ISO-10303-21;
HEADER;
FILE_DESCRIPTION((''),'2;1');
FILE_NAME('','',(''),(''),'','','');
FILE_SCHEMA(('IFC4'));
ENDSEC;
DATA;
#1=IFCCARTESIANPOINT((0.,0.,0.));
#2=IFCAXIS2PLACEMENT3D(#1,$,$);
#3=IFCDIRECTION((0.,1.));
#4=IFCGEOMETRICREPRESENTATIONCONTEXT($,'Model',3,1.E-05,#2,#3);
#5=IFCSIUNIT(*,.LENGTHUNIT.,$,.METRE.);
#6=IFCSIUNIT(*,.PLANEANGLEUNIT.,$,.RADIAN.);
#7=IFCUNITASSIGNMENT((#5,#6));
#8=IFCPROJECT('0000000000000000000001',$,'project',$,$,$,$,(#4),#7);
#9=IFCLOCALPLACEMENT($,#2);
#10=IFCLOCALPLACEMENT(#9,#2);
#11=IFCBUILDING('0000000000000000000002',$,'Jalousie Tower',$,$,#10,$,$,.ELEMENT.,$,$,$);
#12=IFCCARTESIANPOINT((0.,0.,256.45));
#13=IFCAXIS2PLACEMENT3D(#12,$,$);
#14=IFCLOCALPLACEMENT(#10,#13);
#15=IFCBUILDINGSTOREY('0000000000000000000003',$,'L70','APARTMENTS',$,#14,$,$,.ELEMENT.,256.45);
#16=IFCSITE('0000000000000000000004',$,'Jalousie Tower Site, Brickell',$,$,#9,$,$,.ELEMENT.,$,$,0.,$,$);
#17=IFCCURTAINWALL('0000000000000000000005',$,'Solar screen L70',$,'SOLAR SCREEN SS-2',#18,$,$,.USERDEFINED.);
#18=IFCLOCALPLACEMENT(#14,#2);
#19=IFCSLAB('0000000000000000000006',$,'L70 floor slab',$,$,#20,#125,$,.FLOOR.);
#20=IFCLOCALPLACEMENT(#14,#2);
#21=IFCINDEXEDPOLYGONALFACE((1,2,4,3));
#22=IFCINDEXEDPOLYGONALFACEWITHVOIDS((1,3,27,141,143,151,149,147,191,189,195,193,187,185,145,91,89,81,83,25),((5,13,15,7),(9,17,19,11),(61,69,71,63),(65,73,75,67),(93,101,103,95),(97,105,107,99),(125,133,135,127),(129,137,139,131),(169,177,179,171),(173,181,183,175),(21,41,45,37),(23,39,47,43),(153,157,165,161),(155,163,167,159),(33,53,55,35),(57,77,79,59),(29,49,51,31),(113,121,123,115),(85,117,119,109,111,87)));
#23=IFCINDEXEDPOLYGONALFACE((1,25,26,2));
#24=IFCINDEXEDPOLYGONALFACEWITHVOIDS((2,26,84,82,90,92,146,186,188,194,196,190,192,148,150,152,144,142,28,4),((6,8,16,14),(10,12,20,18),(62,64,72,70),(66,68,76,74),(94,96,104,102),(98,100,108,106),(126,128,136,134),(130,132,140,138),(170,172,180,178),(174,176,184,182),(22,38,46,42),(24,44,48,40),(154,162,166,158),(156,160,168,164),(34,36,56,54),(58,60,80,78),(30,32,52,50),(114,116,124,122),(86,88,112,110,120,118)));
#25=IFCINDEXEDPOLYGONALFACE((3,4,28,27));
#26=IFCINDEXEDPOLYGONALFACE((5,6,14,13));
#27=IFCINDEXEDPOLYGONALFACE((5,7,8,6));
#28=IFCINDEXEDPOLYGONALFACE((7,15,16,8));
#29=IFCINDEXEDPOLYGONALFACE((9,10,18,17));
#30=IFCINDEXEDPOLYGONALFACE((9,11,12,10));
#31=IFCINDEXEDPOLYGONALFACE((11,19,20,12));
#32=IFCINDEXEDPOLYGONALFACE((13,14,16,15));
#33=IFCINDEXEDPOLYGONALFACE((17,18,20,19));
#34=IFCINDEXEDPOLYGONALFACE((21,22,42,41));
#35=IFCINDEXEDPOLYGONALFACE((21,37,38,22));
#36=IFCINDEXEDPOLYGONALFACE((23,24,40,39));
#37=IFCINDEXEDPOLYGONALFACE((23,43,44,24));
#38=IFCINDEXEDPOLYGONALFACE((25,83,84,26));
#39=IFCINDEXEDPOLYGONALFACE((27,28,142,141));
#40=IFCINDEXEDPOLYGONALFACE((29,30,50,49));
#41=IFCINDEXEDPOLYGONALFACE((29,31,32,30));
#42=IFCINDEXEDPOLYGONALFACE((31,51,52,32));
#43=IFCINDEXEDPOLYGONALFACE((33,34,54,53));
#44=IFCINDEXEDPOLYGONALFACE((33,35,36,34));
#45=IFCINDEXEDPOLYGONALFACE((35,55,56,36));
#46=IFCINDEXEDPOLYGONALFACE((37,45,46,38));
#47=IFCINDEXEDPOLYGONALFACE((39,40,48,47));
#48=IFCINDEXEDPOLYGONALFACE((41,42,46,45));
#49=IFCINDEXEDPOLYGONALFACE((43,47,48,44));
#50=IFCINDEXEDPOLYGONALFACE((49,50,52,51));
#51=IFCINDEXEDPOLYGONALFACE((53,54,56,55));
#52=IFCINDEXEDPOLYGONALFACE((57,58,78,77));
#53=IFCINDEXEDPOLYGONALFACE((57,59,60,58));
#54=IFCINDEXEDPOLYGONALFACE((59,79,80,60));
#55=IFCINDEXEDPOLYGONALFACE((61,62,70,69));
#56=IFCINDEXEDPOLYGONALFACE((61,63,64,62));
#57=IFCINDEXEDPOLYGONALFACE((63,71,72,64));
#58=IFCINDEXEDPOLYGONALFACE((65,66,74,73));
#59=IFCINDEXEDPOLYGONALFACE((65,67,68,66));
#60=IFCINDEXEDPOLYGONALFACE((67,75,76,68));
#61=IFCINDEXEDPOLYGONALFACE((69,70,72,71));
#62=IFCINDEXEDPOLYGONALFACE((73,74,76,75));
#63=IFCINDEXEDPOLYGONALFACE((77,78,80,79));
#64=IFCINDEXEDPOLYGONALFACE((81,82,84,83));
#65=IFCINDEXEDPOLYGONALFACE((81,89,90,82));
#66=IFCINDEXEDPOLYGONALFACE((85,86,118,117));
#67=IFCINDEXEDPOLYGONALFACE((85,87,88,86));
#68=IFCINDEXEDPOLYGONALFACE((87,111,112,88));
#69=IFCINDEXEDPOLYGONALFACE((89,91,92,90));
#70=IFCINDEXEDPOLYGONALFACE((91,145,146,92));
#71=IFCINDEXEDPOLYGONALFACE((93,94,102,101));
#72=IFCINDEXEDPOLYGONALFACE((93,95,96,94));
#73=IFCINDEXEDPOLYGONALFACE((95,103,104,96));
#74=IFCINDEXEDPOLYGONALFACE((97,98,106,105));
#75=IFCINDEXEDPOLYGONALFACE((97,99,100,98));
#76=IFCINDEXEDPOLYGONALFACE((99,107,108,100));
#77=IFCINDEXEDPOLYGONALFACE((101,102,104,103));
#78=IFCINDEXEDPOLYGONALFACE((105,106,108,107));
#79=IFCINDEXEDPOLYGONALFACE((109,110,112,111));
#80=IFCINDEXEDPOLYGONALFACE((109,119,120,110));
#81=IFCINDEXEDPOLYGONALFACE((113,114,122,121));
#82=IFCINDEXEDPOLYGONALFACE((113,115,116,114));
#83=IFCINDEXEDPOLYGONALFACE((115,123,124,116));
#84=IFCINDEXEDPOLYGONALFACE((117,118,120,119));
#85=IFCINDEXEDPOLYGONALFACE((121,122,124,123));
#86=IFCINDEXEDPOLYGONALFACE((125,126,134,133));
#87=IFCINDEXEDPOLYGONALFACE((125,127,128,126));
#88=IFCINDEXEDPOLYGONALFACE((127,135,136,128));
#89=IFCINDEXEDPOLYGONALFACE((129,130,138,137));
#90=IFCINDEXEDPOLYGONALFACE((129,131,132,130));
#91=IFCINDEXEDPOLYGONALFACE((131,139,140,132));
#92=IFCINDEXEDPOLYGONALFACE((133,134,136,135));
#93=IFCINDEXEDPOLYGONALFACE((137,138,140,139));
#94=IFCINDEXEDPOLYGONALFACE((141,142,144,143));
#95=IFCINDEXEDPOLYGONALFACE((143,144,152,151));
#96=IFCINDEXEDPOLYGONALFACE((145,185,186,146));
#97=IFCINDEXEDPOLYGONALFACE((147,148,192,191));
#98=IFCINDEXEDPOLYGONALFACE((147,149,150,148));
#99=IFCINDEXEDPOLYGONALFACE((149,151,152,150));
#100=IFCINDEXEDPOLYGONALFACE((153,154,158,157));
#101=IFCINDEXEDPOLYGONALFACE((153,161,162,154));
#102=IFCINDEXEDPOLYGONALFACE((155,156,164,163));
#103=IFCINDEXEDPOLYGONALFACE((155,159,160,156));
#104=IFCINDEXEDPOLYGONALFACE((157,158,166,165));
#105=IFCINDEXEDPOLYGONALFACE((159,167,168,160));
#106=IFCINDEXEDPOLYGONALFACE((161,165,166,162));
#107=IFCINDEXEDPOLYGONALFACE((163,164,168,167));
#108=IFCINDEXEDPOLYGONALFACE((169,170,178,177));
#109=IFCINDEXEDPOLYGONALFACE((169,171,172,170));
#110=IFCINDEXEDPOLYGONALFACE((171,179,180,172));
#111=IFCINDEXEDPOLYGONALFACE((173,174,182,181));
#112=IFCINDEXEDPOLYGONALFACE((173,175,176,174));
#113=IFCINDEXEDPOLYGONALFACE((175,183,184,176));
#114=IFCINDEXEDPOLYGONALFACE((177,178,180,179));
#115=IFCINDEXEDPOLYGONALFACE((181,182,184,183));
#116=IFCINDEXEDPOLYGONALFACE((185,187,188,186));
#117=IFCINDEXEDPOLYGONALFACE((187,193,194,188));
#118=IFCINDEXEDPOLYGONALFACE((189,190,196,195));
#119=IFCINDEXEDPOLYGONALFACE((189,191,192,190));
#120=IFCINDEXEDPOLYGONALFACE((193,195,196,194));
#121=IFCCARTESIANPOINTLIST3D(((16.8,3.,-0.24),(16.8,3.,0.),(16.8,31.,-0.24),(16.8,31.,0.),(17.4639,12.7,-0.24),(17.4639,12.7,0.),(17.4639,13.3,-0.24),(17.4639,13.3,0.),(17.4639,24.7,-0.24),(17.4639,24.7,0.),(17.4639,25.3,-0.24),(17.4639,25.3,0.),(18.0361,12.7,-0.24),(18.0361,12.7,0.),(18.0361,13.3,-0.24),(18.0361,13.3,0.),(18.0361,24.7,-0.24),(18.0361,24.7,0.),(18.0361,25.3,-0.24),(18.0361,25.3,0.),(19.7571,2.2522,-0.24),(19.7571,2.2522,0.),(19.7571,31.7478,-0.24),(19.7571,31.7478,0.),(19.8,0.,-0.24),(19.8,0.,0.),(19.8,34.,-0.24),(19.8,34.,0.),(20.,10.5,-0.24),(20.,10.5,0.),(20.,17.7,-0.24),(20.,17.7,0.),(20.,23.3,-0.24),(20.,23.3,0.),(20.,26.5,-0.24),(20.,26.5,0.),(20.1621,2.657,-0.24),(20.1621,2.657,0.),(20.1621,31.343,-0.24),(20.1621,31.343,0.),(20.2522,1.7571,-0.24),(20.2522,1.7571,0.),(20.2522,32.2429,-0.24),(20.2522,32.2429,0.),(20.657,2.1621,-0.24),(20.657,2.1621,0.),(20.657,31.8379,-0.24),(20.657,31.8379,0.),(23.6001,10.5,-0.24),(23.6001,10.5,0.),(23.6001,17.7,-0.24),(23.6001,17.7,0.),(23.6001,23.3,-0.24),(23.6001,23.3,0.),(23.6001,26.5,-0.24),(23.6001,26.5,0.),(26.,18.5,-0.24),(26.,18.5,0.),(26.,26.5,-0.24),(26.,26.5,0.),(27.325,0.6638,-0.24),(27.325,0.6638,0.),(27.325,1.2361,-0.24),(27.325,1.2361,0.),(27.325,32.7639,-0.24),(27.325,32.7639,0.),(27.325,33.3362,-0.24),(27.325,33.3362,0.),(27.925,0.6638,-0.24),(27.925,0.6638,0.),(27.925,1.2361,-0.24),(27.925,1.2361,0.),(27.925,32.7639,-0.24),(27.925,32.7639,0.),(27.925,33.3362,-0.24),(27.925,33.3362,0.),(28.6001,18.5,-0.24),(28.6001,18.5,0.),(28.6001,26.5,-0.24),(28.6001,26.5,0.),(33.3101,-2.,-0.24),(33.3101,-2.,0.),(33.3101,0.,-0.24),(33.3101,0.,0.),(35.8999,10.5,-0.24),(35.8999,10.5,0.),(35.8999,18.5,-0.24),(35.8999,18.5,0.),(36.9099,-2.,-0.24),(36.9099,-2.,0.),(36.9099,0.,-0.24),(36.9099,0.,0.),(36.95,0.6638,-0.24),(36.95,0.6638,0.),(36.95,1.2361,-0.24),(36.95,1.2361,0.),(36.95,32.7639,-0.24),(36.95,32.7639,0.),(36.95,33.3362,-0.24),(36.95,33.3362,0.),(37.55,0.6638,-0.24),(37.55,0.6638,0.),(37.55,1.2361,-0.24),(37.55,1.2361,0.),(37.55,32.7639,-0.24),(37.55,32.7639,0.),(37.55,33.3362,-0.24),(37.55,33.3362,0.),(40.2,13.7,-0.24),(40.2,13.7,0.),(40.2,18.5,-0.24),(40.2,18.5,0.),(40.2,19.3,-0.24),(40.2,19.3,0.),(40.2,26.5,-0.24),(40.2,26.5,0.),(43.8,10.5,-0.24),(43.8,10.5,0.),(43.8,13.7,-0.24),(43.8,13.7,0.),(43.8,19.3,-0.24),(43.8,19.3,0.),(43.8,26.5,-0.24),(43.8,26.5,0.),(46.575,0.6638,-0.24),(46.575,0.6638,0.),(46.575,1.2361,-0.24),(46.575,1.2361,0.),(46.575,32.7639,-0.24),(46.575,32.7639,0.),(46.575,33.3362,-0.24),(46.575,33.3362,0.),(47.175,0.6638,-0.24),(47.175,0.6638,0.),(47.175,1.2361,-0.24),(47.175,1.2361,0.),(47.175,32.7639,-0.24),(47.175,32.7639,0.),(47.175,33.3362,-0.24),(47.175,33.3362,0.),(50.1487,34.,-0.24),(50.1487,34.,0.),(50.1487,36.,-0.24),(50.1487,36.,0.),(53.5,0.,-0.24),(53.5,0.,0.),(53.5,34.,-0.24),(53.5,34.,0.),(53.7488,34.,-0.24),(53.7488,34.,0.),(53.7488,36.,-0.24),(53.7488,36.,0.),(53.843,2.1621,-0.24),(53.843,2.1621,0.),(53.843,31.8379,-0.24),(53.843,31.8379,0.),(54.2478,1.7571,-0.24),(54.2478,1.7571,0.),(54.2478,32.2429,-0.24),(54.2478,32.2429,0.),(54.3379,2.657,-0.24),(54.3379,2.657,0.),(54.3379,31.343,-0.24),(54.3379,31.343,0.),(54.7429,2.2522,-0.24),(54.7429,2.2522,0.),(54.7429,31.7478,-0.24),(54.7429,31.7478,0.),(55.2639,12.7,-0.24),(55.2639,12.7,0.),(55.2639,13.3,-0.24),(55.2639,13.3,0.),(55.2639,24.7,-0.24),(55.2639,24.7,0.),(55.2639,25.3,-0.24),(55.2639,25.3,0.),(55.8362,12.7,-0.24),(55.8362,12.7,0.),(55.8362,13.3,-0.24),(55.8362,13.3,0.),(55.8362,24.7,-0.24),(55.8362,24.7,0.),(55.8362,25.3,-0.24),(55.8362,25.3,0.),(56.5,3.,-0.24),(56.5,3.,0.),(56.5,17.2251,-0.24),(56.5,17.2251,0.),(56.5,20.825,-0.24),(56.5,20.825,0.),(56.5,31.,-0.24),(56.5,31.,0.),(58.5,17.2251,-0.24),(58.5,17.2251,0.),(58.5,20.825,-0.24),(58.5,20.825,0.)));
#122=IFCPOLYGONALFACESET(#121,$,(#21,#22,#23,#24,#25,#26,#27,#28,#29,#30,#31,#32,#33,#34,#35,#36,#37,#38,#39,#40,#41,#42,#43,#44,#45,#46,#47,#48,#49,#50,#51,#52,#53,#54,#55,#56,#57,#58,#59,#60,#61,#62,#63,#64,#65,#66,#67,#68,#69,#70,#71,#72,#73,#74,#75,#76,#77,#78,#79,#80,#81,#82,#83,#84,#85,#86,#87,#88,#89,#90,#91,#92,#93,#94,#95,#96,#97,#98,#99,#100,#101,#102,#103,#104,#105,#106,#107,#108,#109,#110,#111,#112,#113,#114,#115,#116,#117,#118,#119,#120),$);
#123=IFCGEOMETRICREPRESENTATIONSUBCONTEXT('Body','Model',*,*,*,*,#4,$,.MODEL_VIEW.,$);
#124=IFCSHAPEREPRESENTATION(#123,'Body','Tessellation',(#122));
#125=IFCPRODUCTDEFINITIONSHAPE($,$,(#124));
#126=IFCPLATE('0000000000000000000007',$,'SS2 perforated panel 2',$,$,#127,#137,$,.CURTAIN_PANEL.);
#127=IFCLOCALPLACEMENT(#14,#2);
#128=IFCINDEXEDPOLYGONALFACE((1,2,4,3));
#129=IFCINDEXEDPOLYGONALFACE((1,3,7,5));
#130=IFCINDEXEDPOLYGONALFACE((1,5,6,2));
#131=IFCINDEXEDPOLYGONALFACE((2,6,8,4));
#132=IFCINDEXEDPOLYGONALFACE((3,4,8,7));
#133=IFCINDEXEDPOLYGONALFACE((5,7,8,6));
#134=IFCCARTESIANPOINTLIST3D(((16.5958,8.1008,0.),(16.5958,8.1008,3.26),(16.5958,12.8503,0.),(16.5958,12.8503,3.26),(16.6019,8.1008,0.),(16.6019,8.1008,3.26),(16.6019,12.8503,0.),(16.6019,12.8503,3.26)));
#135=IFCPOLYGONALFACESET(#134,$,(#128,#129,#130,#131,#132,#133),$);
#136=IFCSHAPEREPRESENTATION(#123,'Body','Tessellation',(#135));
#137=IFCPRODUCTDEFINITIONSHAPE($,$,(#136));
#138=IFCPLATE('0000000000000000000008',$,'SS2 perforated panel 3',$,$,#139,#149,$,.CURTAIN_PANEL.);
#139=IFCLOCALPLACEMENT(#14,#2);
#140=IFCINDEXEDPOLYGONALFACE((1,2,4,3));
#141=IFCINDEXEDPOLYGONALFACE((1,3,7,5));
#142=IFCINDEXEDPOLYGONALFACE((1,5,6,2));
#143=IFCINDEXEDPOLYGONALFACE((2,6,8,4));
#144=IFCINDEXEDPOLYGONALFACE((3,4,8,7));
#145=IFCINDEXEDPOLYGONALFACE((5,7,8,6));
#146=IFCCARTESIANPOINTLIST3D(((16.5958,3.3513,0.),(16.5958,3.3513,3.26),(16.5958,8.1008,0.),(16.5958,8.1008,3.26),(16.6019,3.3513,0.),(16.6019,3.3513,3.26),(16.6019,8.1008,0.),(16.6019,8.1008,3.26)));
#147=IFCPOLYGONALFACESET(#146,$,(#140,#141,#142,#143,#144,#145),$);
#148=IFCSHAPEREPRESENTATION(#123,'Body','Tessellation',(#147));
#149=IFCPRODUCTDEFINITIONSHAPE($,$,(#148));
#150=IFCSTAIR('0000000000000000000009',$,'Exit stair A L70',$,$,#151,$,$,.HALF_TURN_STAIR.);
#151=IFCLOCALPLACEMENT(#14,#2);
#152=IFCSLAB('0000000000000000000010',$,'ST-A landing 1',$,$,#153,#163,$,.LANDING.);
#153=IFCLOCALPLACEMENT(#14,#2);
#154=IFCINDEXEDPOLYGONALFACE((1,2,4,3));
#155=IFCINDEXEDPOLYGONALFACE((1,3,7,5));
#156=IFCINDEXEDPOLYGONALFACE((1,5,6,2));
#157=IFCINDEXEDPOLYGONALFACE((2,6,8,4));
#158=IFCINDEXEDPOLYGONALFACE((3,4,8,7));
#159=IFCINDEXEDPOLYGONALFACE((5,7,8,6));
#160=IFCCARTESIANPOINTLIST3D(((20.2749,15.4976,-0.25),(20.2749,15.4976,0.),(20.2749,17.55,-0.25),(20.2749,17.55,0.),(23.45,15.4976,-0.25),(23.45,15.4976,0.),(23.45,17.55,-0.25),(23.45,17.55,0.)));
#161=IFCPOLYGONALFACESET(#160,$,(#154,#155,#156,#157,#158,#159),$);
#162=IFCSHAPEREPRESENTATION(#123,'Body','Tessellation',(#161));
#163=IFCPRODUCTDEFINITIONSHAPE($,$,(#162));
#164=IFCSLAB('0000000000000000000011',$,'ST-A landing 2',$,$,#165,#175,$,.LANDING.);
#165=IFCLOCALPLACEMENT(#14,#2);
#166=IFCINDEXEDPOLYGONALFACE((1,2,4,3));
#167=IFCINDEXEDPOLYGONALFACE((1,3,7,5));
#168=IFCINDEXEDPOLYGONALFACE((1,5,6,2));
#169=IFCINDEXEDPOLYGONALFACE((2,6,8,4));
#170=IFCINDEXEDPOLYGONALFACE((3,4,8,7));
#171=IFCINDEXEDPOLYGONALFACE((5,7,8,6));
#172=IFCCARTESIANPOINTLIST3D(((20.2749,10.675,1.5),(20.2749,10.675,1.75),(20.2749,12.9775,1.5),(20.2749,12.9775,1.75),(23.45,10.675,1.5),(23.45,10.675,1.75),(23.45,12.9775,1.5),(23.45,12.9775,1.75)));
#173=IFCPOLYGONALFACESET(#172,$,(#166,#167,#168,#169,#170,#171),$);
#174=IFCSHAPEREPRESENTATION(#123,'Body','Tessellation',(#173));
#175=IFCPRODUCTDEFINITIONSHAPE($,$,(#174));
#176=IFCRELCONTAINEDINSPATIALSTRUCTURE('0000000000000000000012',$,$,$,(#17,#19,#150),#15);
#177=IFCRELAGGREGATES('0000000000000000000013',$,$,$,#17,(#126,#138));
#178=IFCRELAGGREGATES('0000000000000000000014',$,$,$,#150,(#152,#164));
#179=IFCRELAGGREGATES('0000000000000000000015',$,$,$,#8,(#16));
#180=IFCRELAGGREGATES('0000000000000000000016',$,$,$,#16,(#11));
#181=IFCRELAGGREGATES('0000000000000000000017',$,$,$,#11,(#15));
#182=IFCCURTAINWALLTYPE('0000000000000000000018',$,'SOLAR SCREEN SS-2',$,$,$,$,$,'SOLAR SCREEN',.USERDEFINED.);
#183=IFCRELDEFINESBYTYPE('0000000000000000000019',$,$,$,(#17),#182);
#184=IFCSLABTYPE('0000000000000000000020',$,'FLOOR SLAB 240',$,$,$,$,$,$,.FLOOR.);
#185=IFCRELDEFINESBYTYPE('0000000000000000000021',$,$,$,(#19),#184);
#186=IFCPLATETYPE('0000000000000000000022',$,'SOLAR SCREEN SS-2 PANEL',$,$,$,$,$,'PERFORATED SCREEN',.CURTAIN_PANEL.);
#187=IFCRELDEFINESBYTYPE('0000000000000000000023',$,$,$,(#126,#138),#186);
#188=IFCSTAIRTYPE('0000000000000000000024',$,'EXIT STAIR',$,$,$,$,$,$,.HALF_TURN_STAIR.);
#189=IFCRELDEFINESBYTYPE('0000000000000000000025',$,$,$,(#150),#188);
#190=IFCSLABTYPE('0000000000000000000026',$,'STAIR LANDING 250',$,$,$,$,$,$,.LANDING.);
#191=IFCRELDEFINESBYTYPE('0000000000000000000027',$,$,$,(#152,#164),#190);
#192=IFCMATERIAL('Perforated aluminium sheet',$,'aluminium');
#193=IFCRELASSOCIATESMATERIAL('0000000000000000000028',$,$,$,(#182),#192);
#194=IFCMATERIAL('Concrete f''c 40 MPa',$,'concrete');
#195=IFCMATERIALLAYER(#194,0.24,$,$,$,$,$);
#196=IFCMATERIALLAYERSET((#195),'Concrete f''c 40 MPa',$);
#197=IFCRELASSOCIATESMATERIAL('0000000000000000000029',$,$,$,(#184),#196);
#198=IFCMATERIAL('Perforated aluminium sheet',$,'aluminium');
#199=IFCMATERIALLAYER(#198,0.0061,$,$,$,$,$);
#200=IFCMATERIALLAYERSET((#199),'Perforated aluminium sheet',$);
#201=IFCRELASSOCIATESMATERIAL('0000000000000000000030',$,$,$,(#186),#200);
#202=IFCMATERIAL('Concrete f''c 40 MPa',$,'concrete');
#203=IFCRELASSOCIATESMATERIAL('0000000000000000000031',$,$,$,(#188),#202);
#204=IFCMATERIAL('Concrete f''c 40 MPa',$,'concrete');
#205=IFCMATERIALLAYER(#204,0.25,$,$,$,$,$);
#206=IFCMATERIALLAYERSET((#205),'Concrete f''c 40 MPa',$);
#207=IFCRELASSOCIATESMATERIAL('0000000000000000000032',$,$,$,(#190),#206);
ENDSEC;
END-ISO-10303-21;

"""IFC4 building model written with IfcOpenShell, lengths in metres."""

from ifc_helpers import new_model, si_unit, direction, frame, origin, origin_2d, place, context, subcontext, project, spatial, polyline, rectangle, outline, extrude, material, layer, layer_set, type_object, element, aggregate, save


model = new_model("IFC4")

# Units and contexts
model_context = context("Model", 3, precision=1e-05, world=origin(), true_north=direction((0.0, 1.0)))
body_context = subcontext(model_context, "Body", "Model", "MODEL_VIEW")
ifc_project = project(units=[si_unit("LENGTHUNIT", "METRE"), si_unit("PLANEANGLEUNIT", "RADIAN")], contexts=[model_context])

# Site, building, storey
site_placement = place(None, origin())
site = spatial("IfcSite", under=ifc_project, at=site_placement, Name="Jalousie Tower Site, Brickell", CompositionType="ELEMENT", RefElevation=0.0)
building_placement = place(site_placement, origin())
building = spatial("IfcBuilding", under=site, at=building_placement, Name="Jalousie Tower", CompositionType="ELEMENT")
storey_placement = place(building_placement, frame((0.0, 0.0, 256.45)))
storey = spatial("IfcBuildingStorey", under=building, at=storey_placement, Name="L70", Description="APARTMENTS", CompositionType="ELEMENT", Elevation=256.45)

# Curtain wall
ifc_material_1 = material(Name="Perforated aluminium sheet", Category="aluminium")
curtain_wall_type_1 = type_object("IfcCurtainWallType", Name="SOLAR SCREEN SS-2", ElementType="SOLAR SCREEN", PredefinedType="USERDEFINED", material=ifc_material_1)
curtain_wall_1_placement = place(storey_placement, origin())
curtain_wall_1 = element("IfcCurtainWall", 1, at=curtain_wall_1_placement, inside=storey, type_object=curtain_wall_type_1, Name="Solar screen L70", ObjectType="SOLAR SCREEN SS-2", PredefinedType="USERDEFINED")

# Slab
ifc_material_2 = material(Name="Concrete f'c 40 MPa", Category="concrete")
ifc_layer_1 = layer(ifc_material_2, 0.24)
ifc_layer_set_1 = layer_set([ifc_layer_1], Name="Concrete f'c 40 MPa")
slab_type_1 = type_object("IfcSlabType", Name="FLOOR SLAB 240", PredefinedType="FLOOR", material=ifc_layer_set_1)
slab_1_placement = place(storey_placement, frame((0.0, 0.0, -0.24)))
element("IfcSlab", 2, at=slab_1_placement, inside=storey, type_object=slab_type_1, Name="L70 floor slab", PredefinedType="FLOOR", context=body_context, shape_type="SweptSolid", body=[
    extrude(outline(polyline([(19.8, 34.0), (50.1487, 34.0), (50.1487, 36.0), (53.7488, 36.0), (53.7488, 34.0), (53.5, 34.0), (56.5, 31.0), (56.5, 20.825), (58.5, 20.825), (58.5, 17.2251), (56.5, 17.2251), (56.5, 3.0), (53.5, 0.0), (36.9099, 0.0), (36.9099, -2.0), (33.3101, -2.0), (33.3101, 0.0), (19.8, 0.0), (16.8, 3.0), (16.8, 31.0), (19.8, 34.0)]), holes=[polyline([(55.2639, 25.3), (55.2639, 24.7), (55.8362, 24.7), (55.8362, 25.3), (55.2639, 25.3)]), polyline([(55.8362, 12.7), (55.8362, 13.3), (55.2639, 13.3), (55.2639, 12.7), (55.8362, 12.7)]), polyline([(54.3379, 2.657), (53.843, 2.1621), (54.2478, 1.7571), (54.7429, 2.2522), (54.3379, 2.657)]), polyline([(54.7429, 31.7478), (54.2478, 32.2429), (53.843, 31.8379), (54.3379, 31.343), (54.7429, 31.7478)]), polyline([(47.175, 33.3362), (46.575, 33.3362), (46.575, 32.7639), (47.175, 32.7639), (47.175, 33.3362)]), polyline([(47.175, 1.2361), (46.575, 1.2361), (46.575, 0.6638), (47.175, 0.6638), (47.175, 1.2361)]), polyline([(40.2, 26.5), (40.2, 19.3), (43.8, 19.3), (43.8, 26.5), (40.2, 26.5)]), polyline([(40.2, 13.7), (40.2, 18.5), (35.8999, 18.5), (35.8999, 10.5), (43.8, 10.5), (43.8, 13.7), (40.2, 13.7)]), polyline([(36.95, 0.6638), (37.55, 0.6638), (37.55, 1.2361), (36.95, 1.2361), (36.95, 0.6638)]), polyline([(37.55, 33.3362), (36.95, 33.3362), (36.95, 32.7639), (37.55, 32.7639), (37.55, 33.3362)]), polyline([(26.0, 26.5), (26.0, 18.5), (28.6001, 18.5), (28.6001, 26.5), (26.0, 26.5)]), polyline([(27.925, 33.3362), (27.325, 33.3362), (27.325, 32.7639), (27.925, 32.7639), (27.925, 33.3362)]), polyline([(27.925, 1.2361), (27.325, 1.2361), (27.325, 0.6638), (27.925, 0.6638), (27.925, 1.2361)]), polyline([(20.0, 26.5), (20.0, 23.3), (23.6001, 23.3), (23.6001, 26.5), (20.0, 26.5)]), polyline([(20.0, 17.7), (20.0, 10.5), (23.6001, 10.5), (23.6001, 17.7), (20.0, 17.7)]), polyline([(20.657, 2.1621), (20.1621, 2.657), (19.7571, 2.2522), (20.2522, 1.7571), (20.657, 2.1621)]), polyline([(20.657, 31.8379), (20.2522, 32.2429), (19.7571, 31.7478), (20.1621, 31.343), (20.657, 31.8379)]), polyline([(17.4639, 13.3), (17.4639, 12.7), (18.0361, 12.7), (18.0361, 13.3), (17.4639, 13.3)]), polyline([(18.0361, 24.7), (18.0361, 25.3), (17.4639, 25.3), (17.4639, 24.7), (18.0361, 24.7)])]), origin(), (0.0, 0.0, 1.0), 0.24),
])

# Plates
ifc_material_3 = material(Name="Perforated aluminium sheet", Category="aluminium")
ifc_layer_2 = layer(ifc_material_3, 0.0061)
ifc_layer_set_2 = layer_set([ifc_layer_2], Name="Perforated aluminium sheet")
plate_type = type_object("IfcPlateType", Name="SOLAR SCREEN SS-2 PANEL", ElementType="PERFORATED SCREEN", PredefinedType="CURTAIN_PANEL", material=ifc_layer_set_2)
plate_1_placement = place(storey_placement, frame((16.5989, 10.4756, 0.0), z_axis=(0.0, 0.0, 1.0), x_axis=(0.0, -1.0, 0.0)))
plate_1 = element("IfcPlate", 3, at=plate_1_placement, type_object=plate_type, Name="SS2 perforated panel 2", PredefinedType="CURTAIN_PANEL", context=body_context, shape_type="SweptSolid", body=[
    extrude(rectangle(XDim=4.7495, YDim=0.0061, at=origin_2d()), origin(), (0.0, 0.0, 1.0), 3.26),
])
plate_2_placement = place(storey_placement, frame((16.5989, 5.7261, 0.0), z_axis=(0.0, 0.0, 1.0), x_axis=(0.0, -1.0, 0.0)))
plate_2 = element("IfcPlate", 4, at=plate_2_placement, type_object=plate_type, Name="SS2 perforated panel 3", PredefinedType="CURTAIN_PANEL", context=body_context, shape_type="SweptSolid", body=[
    extrude(rectangle(XDim=4.7495, YDim=0.0061, at=origin_2d()), origin(), (0.0, 0.0, 1.0), 3.26),
])
aggregate(curtain_wall_1, [plate_1, plate_2])

# Stair, slabs
ifc_material_4 = material(Name="Concrete f'c 40 MPa", Category="concrete")
stair_type = type_object("IfcStairType", Name="EXIT STAIR", PredefinedType="HALF_TURN_STAIR", material=ifc_material_4)
stair_1_placement = place(storey_placement, origin())
stair_1 = element("IfcStair", 5, at=stair_1_placement, inside=storey, type_object=stair_type, Name="Exit stair A L70", PredefinedType="HALF_TURN_STAIR")
ifc_material_5 = material(Name="Concrete f'c 40 MPa", Category="concrete")
ifc_layer_3 = layer(ifc_material_5, 0.25)
ifc_layer_set_3 = layer_set([ifc_layer_3], Name="Concrete f'c 40 MPa")
slab_type_2 = type_object("IfcSlabType", Name="STAIR LANDING 250", PredefinedType="LANDING", material=ifc_layer_set_3)
slab_2_placement = place(storey_placement, frame((0.0, 0.0, -0.25)))
slab_2 = element("IfcSlab", 6, at=slab_2_placement, type_object=slab_type_2, Name="ST-A landing 1", PredefinedType="LANDING", context=body_context, shape_type="SweptSolid", body=[
    extrude(outline(polyline([(20.2749, 15.4976), (23.45, 15.4976), (23.45, 17.55), (20.2749, 17.55), (20.2749, 15.4976)])), origin(), (0.0, 0.0, 1.0), 0.25),
])
slab_3_placement = place(storey_placement, frame((0.0, 0.0, 1.5)))
slab_3 = element("IfcSlab", 7, at=slab_3_placement, type_object=slab_type_2, Name="ST-A landing 2", PredefinedType="LANDING", context=body_context, shape_type="SweptSolid", body=[
    extrude(outline(polyline([(20.2749, 10.675), (23.45, 10.675), (23.45, 12.9775), (20.2749, 12.9775), (20.2749, 10.675)])), origin(), (0.0, 0.0, 1.0), 0.25),
])
aggregate(stair_1, [slab_2, slab_3])

save(model, "model.ifc")
